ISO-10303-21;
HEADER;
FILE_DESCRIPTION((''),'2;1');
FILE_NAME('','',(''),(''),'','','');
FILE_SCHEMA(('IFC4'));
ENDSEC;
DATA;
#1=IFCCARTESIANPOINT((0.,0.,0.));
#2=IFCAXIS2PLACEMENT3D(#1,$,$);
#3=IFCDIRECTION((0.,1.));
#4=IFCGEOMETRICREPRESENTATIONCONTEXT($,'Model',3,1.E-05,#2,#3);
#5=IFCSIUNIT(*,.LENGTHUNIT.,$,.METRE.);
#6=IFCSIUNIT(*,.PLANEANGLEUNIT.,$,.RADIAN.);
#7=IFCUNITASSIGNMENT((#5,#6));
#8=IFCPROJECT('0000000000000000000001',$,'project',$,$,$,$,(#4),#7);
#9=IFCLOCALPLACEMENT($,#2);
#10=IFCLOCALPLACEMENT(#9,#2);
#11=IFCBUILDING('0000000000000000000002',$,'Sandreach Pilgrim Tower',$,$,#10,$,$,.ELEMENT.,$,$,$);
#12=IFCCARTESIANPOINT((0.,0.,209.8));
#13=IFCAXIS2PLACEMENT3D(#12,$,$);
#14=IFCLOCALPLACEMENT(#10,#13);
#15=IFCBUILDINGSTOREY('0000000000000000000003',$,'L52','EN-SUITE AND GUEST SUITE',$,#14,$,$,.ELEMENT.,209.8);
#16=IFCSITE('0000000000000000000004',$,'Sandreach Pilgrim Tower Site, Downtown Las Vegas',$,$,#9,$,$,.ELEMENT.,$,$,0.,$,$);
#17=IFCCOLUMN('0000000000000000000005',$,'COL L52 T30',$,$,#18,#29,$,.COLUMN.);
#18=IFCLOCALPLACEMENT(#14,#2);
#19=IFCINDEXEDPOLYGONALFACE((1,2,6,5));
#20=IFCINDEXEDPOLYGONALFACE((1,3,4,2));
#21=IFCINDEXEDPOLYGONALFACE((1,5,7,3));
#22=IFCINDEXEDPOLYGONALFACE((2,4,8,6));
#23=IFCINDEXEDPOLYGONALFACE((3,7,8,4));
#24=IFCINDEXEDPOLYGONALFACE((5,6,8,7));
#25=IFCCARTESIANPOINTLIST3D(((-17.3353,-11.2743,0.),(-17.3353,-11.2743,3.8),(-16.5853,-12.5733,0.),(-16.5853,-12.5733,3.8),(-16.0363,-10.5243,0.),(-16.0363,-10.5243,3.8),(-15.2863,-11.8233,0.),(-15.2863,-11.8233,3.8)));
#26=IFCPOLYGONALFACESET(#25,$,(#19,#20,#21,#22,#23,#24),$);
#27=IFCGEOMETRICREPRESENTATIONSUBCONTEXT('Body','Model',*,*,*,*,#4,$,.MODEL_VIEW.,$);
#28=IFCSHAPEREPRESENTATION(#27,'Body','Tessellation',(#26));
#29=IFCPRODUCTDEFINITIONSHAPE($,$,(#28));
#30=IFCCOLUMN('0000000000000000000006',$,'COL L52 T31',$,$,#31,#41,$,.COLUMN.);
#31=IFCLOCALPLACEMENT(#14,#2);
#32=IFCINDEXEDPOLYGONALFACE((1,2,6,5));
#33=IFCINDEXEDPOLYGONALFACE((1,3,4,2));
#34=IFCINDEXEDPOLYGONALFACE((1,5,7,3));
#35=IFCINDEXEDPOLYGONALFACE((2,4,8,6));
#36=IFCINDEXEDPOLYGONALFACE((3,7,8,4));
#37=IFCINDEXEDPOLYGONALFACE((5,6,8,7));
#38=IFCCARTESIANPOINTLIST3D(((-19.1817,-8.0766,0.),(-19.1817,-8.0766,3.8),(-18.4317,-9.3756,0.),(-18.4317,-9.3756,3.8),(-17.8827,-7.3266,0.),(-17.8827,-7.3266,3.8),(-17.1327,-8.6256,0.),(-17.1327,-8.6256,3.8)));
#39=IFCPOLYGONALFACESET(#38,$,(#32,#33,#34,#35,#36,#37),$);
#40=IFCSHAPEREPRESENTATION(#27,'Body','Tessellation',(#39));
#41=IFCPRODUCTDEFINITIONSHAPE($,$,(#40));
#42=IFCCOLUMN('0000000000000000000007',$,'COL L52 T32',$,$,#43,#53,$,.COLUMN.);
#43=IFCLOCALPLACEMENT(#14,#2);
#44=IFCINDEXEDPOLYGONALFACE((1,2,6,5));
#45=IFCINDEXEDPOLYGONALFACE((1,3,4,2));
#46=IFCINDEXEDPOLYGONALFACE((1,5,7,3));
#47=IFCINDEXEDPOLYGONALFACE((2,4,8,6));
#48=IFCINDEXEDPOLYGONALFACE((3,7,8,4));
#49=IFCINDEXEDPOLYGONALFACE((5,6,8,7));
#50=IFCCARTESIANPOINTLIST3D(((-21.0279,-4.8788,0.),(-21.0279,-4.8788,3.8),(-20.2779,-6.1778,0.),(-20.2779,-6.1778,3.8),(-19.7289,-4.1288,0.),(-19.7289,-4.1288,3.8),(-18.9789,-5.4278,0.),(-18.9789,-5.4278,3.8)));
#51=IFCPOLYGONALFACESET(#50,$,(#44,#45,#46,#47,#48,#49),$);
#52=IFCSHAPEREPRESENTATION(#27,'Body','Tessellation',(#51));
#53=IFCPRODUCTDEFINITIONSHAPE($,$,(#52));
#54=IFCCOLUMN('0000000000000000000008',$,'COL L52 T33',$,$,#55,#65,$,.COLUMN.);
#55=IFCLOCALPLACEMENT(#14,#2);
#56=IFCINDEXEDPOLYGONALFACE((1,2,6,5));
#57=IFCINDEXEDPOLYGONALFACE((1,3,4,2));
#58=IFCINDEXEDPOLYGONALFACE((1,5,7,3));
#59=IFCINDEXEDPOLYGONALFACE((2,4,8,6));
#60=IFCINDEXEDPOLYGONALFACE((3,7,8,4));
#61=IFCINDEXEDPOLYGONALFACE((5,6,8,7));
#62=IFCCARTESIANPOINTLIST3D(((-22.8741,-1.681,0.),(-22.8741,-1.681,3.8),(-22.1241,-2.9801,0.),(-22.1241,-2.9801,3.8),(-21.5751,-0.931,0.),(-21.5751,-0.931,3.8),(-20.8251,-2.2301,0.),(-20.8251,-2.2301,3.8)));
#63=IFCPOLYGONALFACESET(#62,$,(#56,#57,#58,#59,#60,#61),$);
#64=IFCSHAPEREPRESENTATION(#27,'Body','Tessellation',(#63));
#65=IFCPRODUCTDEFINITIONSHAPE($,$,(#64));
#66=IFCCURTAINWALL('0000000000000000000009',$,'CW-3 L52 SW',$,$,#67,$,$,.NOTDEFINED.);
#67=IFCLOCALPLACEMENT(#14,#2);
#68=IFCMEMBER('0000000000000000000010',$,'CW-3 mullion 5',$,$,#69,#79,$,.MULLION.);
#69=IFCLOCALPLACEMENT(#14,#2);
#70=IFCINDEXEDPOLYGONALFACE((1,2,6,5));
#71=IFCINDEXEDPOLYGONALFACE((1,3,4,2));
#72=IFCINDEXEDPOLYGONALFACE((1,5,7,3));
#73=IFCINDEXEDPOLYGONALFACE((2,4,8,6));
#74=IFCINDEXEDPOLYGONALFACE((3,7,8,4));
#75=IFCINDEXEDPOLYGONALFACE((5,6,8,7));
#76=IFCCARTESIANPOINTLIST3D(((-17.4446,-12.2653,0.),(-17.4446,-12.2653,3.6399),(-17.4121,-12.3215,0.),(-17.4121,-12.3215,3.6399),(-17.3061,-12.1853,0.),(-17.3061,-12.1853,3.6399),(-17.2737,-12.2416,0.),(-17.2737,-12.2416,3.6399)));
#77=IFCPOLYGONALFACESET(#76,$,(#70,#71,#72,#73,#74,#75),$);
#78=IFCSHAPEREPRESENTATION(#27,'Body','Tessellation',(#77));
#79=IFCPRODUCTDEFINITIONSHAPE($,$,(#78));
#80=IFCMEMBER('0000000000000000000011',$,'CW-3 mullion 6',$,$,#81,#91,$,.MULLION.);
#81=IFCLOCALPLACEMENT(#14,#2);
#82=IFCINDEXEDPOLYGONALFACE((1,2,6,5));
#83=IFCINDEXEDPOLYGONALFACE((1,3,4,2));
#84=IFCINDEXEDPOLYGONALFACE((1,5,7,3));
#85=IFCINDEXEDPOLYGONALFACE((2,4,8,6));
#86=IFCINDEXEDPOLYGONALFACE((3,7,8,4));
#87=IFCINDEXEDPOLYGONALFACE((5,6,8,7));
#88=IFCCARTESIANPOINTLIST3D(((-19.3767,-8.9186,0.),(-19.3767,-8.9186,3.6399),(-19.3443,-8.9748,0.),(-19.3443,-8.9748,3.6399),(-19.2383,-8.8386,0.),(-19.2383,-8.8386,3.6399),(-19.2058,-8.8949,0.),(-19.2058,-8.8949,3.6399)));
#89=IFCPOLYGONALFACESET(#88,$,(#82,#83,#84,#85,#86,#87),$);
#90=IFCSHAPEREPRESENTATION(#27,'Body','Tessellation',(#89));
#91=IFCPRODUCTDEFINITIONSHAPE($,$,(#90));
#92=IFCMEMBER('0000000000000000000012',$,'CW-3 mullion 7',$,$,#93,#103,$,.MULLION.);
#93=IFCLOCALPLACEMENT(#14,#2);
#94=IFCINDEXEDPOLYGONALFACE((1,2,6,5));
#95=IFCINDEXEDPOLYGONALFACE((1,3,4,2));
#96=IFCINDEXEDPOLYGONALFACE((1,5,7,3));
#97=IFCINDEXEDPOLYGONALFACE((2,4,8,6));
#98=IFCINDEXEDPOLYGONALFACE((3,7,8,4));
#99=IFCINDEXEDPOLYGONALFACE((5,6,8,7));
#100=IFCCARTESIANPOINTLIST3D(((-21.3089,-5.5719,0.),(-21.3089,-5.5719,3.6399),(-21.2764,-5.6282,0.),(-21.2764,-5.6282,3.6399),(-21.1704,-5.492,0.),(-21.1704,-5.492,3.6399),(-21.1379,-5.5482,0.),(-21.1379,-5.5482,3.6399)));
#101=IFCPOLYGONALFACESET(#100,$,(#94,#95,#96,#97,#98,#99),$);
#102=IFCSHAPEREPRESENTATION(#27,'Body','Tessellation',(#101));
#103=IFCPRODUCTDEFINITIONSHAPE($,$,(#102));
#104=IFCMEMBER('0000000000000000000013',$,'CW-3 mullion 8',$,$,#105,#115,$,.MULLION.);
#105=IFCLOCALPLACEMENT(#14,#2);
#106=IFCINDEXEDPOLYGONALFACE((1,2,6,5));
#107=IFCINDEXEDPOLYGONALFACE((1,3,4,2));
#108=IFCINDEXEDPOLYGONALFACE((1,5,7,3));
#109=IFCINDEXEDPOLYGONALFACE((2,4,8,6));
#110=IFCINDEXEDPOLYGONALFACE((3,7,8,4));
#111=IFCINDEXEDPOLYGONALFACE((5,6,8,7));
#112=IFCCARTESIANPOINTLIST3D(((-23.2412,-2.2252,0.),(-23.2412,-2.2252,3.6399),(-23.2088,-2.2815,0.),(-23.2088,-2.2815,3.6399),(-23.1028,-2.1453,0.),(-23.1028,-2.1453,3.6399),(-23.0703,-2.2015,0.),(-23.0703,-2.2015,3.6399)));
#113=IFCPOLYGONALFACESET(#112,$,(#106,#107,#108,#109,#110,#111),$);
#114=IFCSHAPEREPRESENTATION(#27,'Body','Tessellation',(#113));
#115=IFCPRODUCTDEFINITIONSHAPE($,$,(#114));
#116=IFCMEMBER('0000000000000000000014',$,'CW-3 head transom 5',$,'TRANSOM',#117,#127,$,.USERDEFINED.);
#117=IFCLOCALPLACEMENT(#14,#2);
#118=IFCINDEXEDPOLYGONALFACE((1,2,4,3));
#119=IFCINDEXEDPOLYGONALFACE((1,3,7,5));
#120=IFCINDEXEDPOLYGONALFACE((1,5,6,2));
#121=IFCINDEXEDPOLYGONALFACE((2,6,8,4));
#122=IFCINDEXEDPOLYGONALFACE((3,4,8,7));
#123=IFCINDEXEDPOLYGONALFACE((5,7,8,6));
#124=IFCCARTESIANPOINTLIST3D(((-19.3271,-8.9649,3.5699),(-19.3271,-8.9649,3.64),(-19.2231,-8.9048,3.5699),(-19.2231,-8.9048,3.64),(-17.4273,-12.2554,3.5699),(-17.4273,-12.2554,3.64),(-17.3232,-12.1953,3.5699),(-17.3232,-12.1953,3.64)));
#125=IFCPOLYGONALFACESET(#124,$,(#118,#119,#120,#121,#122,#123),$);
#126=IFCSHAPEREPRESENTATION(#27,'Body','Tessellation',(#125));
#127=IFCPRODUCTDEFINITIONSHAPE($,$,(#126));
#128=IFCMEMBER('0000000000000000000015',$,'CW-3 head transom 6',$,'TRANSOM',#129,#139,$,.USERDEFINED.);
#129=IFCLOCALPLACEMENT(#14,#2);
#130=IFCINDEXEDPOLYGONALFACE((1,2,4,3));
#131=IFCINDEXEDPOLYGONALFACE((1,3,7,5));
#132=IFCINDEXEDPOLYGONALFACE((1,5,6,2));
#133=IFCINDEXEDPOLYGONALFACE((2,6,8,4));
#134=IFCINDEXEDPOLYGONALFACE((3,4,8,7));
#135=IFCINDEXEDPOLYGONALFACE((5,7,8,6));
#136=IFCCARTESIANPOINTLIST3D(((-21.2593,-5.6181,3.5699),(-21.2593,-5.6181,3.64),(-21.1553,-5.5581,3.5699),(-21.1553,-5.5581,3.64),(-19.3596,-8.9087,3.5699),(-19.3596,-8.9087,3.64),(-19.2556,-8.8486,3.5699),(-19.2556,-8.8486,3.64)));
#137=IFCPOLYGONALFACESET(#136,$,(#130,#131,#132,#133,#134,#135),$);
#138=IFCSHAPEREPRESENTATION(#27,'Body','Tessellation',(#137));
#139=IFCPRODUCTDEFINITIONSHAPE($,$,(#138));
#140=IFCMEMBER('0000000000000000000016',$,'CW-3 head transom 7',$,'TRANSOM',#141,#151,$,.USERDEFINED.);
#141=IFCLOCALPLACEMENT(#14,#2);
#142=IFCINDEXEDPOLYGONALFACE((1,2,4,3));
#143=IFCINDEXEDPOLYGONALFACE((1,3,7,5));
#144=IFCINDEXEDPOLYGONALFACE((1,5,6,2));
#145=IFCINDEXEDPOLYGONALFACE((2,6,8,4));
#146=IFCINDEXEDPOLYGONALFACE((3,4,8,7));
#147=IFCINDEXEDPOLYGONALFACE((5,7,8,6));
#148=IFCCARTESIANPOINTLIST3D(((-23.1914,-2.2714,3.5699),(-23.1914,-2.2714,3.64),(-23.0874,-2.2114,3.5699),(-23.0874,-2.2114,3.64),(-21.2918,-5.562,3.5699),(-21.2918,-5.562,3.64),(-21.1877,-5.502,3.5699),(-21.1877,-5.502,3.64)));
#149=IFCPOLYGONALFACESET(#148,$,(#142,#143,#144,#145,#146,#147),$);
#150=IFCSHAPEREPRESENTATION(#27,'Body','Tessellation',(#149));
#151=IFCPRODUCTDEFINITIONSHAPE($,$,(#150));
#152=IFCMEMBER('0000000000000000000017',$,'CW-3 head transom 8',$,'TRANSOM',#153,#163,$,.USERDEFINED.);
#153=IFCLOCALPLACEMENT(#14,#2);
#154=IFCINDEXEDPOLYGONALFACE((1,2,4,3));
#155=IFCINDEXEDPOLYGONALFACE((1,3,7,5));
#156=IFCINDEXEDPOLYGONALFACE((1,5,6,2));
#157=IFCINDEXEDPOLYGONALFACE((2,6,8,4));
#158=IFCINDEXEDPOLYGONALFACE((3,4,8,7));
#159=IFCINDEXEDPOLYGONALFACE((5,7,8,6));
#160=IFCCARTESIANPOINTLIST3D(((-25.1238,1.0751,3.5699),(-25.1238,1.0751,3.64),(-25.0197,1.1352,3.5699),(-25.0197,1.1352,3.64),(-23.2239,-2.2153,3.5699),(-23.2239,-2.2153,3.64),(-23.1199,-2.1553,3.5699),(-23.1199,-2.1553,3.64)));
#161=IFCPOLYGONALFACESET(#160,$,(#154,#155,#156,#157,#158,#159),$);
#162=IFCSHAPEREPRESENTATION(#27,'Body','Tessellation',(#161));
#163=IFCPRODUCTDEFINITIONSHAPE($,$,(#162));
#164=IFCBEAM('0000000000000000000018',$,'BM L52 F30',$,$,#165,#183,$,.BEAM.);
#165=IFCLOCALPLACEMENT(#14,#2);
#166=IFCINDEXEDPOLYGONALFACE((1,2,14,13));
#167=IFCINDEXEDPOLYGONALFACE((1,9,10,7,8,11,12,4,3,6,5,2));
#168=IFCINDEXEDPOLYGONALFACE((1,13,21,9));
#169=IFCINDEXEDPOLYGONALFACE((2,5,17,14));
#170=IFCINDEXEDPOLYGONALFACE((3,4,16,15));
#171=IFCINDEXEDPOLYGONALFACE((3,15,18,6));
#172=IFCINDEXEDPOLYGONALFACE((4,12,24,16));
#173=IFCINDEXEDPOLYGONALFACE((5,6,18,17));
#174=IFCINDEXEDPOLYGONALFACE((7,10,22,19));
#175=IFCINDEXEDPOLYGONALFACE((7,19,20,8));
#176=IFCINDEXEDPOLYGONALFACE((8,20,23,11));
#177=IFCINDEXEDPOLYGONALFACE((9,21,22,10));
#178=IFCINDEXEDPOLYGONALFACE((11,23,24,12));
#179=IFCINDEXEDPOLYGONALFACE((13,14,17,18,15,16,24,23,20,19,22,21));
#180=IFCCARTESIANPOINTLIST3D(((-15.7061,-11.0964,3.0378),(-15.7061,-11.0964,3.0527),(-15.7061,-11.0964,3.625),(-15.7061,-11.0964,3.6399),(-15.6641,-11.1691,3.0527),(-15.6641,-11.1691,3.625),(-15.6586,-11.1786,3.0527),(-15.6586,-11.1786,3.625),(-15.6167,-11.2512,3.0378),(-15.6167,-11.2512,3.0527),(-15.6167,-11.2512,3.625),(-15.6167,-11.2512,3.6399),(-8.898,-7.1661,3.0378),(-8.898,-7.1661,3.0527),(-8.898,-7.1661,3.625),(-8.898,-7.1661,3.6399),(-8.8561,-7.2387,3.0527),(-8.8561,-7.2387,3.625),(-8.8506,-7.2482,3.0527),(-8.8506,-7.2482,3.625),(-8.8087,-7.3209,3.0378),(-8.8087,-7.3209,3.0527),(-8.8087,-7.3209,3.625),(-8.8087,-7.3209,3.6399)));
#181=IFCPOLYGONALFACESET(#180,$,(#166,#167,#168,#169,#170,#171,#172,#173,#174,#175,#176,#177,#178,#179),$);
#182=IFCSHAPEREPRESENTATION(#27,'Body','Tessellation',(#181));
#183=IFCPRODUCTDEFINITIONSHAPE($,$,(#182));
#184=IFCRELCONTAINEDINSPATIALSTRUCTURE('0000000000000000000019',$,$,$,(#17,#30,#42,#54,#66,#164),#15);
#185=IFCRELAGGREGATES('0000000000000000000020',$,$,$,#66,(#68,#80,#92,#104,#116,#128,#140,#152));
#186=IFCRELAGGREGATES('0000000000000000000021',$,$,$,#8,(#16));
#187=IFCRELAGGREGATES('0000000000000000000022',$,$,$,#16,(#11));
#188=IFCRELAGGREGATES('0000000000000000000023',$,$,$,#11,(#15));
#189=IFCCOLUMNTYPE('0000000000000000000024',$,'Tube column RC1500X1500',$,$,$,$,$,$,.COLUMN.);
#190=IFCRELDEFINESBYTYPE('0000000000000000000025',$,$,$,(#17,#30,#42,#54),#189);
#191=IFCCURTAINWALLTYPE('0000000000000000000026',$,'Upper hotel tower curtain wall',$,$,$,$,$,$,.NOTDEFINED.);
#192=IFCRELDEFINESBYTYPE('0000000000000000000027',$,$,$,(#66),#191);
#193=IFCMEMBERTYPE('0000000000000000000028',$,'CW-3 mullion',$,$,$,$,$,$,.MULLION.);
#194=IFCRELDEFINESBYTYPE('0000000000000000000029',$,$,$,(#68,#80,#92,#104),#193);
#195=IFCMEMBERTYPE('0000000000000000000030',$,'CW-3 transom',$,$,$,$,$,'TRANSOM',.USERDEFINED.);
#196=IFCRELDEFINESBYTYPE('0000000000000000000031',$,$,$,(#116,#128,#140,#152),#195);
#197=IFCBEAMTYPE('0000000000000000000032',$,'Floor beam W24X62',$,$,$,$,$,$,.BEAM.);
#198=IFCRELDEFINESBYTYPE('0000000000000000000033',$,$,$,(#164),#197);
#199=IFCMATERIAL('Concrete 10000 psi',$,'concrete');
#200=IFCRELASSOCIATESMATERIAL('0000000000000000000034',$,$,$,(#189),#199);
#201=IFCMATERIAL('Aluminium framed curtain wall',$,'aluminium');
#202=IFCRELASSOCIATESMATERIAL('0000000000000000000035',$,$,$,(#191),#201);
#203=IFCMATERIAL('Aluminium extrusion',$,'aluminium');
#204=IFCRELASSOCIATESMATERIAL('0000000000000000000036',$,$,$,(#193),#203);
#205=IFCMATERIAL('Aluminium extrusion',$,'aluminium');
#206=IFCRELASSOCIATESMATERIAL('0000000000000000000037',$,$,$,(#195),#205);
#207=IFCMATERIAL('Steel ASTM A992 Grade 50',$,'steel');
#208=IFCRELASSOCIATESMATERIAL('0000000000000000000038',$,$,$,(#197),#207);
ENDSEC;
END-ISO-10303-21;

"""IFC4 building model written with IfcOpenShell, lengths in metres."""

from ifc_helpers import new_model, si_unit, direction, frame, origin, origin_2d, place, context, subcontext, project, spatial, rectangle, i_section, extrude, material, material_profile, profile_set, type_object, element, aggregate, save


model = new_model("IFC4")

# Units and contexts
model_context = context("Model", 3, precision=1e-05, world=origin(), true_north=direction((0.0, 1.0)))
body_context = subcontext(model_context, "Body", "Model", "MODEL_VIEW")
ifc_project = project(units=[si_unit("LENGTHUNIT", "METRE"), si_unit("PLANEANGLEUNIT", "RADIAN")], contexts=[model_context])

# Site, building, storey
site_placement = place(None, origin())
site = spatial("IfcSite", under=ifc_project, at=site_placement, Name="Sandreach Pilgrim Tower Site, Downtown Las Vegas", CompositionType="ELEMENT", RefElevation=0.0)
building_placement = place(site_placement, origin())
building = spatial("IfcBuilding", under=site, at=building_placement, Name="Sandreach Pilgrim Tower", CompositionType="ELEMENT")
storey_placement = place(building_placement, frame((0.0, 0.0, 209.8)))
storey = spatial("IfcBuildingStorey", under=building, at=storey_placement, Name="L52", Description="EN-SUITE AND GUEST SUITE", CompositionType="ELEMENT", Elevation=209.8)

# Columns
ifc_material_1 = material(Name="Concrete 10000 psi", Category="concrete")
ifc_material_profile_1 = material_profile(ifc_material_1, rectangle(XDim=1.5, YDim=1.5, at=origin_2d()), Name="RC1500X1500")
ifc_profile_set_1 = profile_set([ifc_material_profile_1], Name="Concrete 10000 psi")
column_type = type_object("IfcColumnType", Name="Tube column RC1500X1500", PredefinedType="COLUMN", material=ifc_profile_set_1)
for number, where, z_axis, x_axis, name in (
    (1, (-16.3108, -11.5488, 0.0), (0.0, 0.0, 1.0), (-0.866025, -0.5, 0.0), "COL L52 T30"),
    (2, (-18.1572, -8.3511, 0.0), (0.0, 0.0, 1.0), (-0.866025, -0.5, 0.0), "COL L52 T31"),
    (3, (-20.0034, -5.1533, 0.0), (0.0, 0.0, 1.0), (-0.866025, -0.5, 0.0), "COL L52 T32"),
    (4, (-21.8496, -1.9556, 0.0), (0.0, 0.0, 1.0), (-0.866025, -0.5, 0.0), "COL L52 T33"),
):
    element("IfcColumn", number, at=place(storey_placement, frame(where, z_axis=z_axis, x_axis=x_axis)), inside=storey, type_object=column_type, Name=name, PredefinedType="COLUMN", context=body_context, shape_type="SweptSolid", body=[
        extrude(rectangle(XDim=1.5, YDim=1.5, at=origin_2d()), origin(), (0.0, 0.0, 1.0), 3.8),
    ])

# Curtain wall, members
ifc_material_2 = material(Name="Aluminium framed curtain wall", Category="aluminium")
curtain_wall_type = type_object("IfcCurtainWallType", Name="Upper hotel tower curtain wall", PredefinedType="NOTDEFINED", material=ifc_material_2)
curtain_wall_placement = place(storey_placement, origin())
curtain_wall = element("IfcCurtainWall", 5, at=curtain_wall_placement, inside=storey, type_object=curtain_wall_type, Name="CW-3 L52 SW", PredefinedType="NOTDEFINED")
ifc_material_3 = material(Name="Aluminium extrusion", Category="aluminium")
ifc_material_profile_2 = material_profile(ifc_material_3, rectangle(XDim=0.0649, YDim=0.1599, at=origin_2d()), Name="CW-3M 65X160")
ifc_profile_set_2 = profile_set([ifc_material_profile_2], Name="Aluminium extrusion")
member_type_1 = type_object("IfcMemberType", Name="CW-3 mullion", PredefinedType="MULLION", material=ifc_profile_set_2)
member_1_placement = place(storey_placement, frame((-17.3591, -12.2534, 0.0), z_axis=(0.0, 0.0, 1.0), x_axis=(-0.5, 0.866025, 0.0)))
member_1 = element("IfcMember", 6, at=member_1_placement, type_object=member_type_1, Name="CW-3 mullion 5", PredefinedType="MULLION", context=body_context, shape_type="SweptSolid", body=[
    extrude(rectangle(XDim=0.0649, YDim=0.1599, at=origin_2d()), origin(), (0.0, 0.0, 1.0), 3.6399),
])
member_2_placement = place(storey_placement, frame((-19.2913, -8.9067, 0.0), z_axis=(0.0, 0.0, 1.0), x_axis=(-0.5, 0.866025, 0.0)))
member_2 = element("IfcMember", 7, at=member_2_placement, type_object=member_type_1, Name="CW-3 mullion 6", PredefinedType="MULLION", context=body_context, shape_type="SweptSolid", body=[
    extrude(rectangle(XDim=0.0649, YDim=0.1599, at=origin_2d()), origin(), (0.0, 0.0, 1.0), 3.6399),
])
member_3_placement = place(storey_placement, frame((-21.2234, -5.5601, 0.0), z_axis=(0.0, 0.0, 1.0), x_axis=(-0.5, 0.866025, 0.0)))
member_3 = element("IfcMember", 8, at=member_3_placement, type_object=member_type_1, Name="CW-3 mullion 7", PredefinedType="MULLION", context=body_context, shape_type="SweptSolid", body=[
    extrude(rectangle(XDim=0.0649, YDim=0.1599, at=origin_2d()), origin(), (0.0, 0.0, 1.0), 3.6399),
])
member_4_placement = place(storey_placement, frame((-23.1558, -2.2134, 0.0), z_axis=(0.0, 0.0, 1.0), x_axis=(-0.5, 0.866025, 0.0)))
member_4 = element("IfcMember", 9, at=member_4_placement, type_object=member_type_1, Name="CW-3 mullion 8", PredefinedType="MULLION", context=body_context, shape_type="SweptSolid", body=[
    extrude(rectangle(XDim=0.0649, YDim=0.1599, at=origin_2d()), origin(), (0.0, 0.0, 1.0), 3.6399),
])
ifc_material_4 = material(Name="Aluminium extrusion", Category="aluminium")
ifc_material_profile_3 = material_profile(ifc_material_4, rectangle(XDim=0.1201, YDim=0.0701, at=origin_2d()), Name="CW-3T 120X70")
ifc_profile_set_3 = profile_set([ifc_material_profile_3], Name="Aluminium extrusion")
member_type_2 = type_object("IfcMemberType", Name="CW-3 transom", ElementType="TRANSOM", PredefinedType="USERDEFINED", material=ifc_profile_set_3)
member_5_placement = place(storey_placement, frame((-17.3752, -12.2253, 3.605), z_axis=(-0.500023, 0.866012, 0.0), x_axis=(-0.866012, -0.500023, 0.0)))
member_5 = element("IfcMember", 10, at=member_5_placement, type_object=member_type_2, Name="CW-3 head transom 5", ObjectType="TRANSOM", PredefinedType="USERDEFINED", context=body_context, shape_type="SweptSolid", body=[
    extrude(rectangle(XDim=0.1201, YDim=0.0701, at=origin_2d()), origin(), (0.0, 0.0, 1.0), 3.7996),
])
member_6_placement = place(storey_placement, frame((-19.3076, -8.8787, 3.605), z_axis=(-0.499975, 0.86604, 0.0), x_axis=(-0.86604, -0.499975, 0.0)))
member_6 = element("IfcMember", 11, at=member_6_placement, type_object=member_type_2, Name="CW-3 head transom 6", ObjectType="TRANSOM", PredefinedType="USERDEFINED", context=body_context, shape_type="SweptSolid", body=[
    extrude(rectangle(XDim=0.1201, YDim=0.0701, at=origin_2d()), origin(), (0.0, 0.0, 1.0), 3.7996),
])
member_7_placement = place(storey_placement, frame((-21.2397, -5.532, 3.605), z_axis=(-0.499975, 0.86604, 0.0), x_axis=(-0.86604, -0.499975, 0.0)))
member_7 = element("IfcMember", 12, at=member_7_placement, type_object=member_type_2, Name="CW-3 head transom 7", ObjectType="TRANSOM", PredefinedType="USERDEFINED", context=body_context, shape_type="SweptSolid", body=[
    extrude(rectangle(XDim=0.1201, YDim=0.0701, at=origin_2d()), origin(), (0.0, 0.0, 1.0), 3.7996),
])
member_8_placement = place(storey_placement, frame((-23.1719, -2.1853, 3.605), z_axis=(-0.500023, 0.866012, 0.0), x_axis=(-0.866012, -0.500023, 0.0)))
member_8 = element("IfcMember", 13, at=member_8_placement, type_object=member_type_2, Name="CW-3 head transom 8", ObjectType="TRANSOM", PredefinedType="USERDEFINED", context=body_context, shape_type="SweptSolid", body=[
    extrude(rectangle(XDim=0.1201, YDim=0.0701, at=origin_2d()), origin(), (0.0, 0.0, 1.0), 3.7996),
])

# Beam
ifc_material_5 = material(Name="Steel ASTM A992 Grade 50", Category="steel")
ifc_material_profile_4 = material_profile(ifc_material_5, i_section(OverallWidth=0.1787, OverallDepth=0.6021, WebThickness=0.011, FlangeThickness=0.0149, at=origin_2d()), Name="W24X62")
ifc_profile_set_4 = profile_set([ifc_material_profile_4], Name="Steel ASTM A992 Grade 50")
beam_type_1 = type_object("IfcBeamType", Name="Floor beam W24X62", PredefinedType="BEAM", material=ifc_profile_set_4)
beam_1_placement = place(storey_placement, frame((-15.6614, -11.1738, 3.3389), z_axis=(0.866039, 0.499977, 0.0), x_axis=(-0.499977, 0.866039, 0.0)))
element("IfcBeam", 14, at=beam_1_placement, inside=storey, type_object=beam_type_1, Name="BM L52 F30", PredefinedType="BEAM", context=body_context, shape_type="SweptSolid", body=[
    extrude(i_section(OverallWidth=0.1787, OverallDepth=0.6021, WebThickness=0.011, FlangeThickness=0.0149, at=origin_2d()), origin(), (0.0, 0.0, 1.0), 7.8611),
])

aggregate(curtain_wall, [member_1, member_2, member_3, member_4, member_5, member_6, member_7, member_8])

save(model, "model.ifc")
